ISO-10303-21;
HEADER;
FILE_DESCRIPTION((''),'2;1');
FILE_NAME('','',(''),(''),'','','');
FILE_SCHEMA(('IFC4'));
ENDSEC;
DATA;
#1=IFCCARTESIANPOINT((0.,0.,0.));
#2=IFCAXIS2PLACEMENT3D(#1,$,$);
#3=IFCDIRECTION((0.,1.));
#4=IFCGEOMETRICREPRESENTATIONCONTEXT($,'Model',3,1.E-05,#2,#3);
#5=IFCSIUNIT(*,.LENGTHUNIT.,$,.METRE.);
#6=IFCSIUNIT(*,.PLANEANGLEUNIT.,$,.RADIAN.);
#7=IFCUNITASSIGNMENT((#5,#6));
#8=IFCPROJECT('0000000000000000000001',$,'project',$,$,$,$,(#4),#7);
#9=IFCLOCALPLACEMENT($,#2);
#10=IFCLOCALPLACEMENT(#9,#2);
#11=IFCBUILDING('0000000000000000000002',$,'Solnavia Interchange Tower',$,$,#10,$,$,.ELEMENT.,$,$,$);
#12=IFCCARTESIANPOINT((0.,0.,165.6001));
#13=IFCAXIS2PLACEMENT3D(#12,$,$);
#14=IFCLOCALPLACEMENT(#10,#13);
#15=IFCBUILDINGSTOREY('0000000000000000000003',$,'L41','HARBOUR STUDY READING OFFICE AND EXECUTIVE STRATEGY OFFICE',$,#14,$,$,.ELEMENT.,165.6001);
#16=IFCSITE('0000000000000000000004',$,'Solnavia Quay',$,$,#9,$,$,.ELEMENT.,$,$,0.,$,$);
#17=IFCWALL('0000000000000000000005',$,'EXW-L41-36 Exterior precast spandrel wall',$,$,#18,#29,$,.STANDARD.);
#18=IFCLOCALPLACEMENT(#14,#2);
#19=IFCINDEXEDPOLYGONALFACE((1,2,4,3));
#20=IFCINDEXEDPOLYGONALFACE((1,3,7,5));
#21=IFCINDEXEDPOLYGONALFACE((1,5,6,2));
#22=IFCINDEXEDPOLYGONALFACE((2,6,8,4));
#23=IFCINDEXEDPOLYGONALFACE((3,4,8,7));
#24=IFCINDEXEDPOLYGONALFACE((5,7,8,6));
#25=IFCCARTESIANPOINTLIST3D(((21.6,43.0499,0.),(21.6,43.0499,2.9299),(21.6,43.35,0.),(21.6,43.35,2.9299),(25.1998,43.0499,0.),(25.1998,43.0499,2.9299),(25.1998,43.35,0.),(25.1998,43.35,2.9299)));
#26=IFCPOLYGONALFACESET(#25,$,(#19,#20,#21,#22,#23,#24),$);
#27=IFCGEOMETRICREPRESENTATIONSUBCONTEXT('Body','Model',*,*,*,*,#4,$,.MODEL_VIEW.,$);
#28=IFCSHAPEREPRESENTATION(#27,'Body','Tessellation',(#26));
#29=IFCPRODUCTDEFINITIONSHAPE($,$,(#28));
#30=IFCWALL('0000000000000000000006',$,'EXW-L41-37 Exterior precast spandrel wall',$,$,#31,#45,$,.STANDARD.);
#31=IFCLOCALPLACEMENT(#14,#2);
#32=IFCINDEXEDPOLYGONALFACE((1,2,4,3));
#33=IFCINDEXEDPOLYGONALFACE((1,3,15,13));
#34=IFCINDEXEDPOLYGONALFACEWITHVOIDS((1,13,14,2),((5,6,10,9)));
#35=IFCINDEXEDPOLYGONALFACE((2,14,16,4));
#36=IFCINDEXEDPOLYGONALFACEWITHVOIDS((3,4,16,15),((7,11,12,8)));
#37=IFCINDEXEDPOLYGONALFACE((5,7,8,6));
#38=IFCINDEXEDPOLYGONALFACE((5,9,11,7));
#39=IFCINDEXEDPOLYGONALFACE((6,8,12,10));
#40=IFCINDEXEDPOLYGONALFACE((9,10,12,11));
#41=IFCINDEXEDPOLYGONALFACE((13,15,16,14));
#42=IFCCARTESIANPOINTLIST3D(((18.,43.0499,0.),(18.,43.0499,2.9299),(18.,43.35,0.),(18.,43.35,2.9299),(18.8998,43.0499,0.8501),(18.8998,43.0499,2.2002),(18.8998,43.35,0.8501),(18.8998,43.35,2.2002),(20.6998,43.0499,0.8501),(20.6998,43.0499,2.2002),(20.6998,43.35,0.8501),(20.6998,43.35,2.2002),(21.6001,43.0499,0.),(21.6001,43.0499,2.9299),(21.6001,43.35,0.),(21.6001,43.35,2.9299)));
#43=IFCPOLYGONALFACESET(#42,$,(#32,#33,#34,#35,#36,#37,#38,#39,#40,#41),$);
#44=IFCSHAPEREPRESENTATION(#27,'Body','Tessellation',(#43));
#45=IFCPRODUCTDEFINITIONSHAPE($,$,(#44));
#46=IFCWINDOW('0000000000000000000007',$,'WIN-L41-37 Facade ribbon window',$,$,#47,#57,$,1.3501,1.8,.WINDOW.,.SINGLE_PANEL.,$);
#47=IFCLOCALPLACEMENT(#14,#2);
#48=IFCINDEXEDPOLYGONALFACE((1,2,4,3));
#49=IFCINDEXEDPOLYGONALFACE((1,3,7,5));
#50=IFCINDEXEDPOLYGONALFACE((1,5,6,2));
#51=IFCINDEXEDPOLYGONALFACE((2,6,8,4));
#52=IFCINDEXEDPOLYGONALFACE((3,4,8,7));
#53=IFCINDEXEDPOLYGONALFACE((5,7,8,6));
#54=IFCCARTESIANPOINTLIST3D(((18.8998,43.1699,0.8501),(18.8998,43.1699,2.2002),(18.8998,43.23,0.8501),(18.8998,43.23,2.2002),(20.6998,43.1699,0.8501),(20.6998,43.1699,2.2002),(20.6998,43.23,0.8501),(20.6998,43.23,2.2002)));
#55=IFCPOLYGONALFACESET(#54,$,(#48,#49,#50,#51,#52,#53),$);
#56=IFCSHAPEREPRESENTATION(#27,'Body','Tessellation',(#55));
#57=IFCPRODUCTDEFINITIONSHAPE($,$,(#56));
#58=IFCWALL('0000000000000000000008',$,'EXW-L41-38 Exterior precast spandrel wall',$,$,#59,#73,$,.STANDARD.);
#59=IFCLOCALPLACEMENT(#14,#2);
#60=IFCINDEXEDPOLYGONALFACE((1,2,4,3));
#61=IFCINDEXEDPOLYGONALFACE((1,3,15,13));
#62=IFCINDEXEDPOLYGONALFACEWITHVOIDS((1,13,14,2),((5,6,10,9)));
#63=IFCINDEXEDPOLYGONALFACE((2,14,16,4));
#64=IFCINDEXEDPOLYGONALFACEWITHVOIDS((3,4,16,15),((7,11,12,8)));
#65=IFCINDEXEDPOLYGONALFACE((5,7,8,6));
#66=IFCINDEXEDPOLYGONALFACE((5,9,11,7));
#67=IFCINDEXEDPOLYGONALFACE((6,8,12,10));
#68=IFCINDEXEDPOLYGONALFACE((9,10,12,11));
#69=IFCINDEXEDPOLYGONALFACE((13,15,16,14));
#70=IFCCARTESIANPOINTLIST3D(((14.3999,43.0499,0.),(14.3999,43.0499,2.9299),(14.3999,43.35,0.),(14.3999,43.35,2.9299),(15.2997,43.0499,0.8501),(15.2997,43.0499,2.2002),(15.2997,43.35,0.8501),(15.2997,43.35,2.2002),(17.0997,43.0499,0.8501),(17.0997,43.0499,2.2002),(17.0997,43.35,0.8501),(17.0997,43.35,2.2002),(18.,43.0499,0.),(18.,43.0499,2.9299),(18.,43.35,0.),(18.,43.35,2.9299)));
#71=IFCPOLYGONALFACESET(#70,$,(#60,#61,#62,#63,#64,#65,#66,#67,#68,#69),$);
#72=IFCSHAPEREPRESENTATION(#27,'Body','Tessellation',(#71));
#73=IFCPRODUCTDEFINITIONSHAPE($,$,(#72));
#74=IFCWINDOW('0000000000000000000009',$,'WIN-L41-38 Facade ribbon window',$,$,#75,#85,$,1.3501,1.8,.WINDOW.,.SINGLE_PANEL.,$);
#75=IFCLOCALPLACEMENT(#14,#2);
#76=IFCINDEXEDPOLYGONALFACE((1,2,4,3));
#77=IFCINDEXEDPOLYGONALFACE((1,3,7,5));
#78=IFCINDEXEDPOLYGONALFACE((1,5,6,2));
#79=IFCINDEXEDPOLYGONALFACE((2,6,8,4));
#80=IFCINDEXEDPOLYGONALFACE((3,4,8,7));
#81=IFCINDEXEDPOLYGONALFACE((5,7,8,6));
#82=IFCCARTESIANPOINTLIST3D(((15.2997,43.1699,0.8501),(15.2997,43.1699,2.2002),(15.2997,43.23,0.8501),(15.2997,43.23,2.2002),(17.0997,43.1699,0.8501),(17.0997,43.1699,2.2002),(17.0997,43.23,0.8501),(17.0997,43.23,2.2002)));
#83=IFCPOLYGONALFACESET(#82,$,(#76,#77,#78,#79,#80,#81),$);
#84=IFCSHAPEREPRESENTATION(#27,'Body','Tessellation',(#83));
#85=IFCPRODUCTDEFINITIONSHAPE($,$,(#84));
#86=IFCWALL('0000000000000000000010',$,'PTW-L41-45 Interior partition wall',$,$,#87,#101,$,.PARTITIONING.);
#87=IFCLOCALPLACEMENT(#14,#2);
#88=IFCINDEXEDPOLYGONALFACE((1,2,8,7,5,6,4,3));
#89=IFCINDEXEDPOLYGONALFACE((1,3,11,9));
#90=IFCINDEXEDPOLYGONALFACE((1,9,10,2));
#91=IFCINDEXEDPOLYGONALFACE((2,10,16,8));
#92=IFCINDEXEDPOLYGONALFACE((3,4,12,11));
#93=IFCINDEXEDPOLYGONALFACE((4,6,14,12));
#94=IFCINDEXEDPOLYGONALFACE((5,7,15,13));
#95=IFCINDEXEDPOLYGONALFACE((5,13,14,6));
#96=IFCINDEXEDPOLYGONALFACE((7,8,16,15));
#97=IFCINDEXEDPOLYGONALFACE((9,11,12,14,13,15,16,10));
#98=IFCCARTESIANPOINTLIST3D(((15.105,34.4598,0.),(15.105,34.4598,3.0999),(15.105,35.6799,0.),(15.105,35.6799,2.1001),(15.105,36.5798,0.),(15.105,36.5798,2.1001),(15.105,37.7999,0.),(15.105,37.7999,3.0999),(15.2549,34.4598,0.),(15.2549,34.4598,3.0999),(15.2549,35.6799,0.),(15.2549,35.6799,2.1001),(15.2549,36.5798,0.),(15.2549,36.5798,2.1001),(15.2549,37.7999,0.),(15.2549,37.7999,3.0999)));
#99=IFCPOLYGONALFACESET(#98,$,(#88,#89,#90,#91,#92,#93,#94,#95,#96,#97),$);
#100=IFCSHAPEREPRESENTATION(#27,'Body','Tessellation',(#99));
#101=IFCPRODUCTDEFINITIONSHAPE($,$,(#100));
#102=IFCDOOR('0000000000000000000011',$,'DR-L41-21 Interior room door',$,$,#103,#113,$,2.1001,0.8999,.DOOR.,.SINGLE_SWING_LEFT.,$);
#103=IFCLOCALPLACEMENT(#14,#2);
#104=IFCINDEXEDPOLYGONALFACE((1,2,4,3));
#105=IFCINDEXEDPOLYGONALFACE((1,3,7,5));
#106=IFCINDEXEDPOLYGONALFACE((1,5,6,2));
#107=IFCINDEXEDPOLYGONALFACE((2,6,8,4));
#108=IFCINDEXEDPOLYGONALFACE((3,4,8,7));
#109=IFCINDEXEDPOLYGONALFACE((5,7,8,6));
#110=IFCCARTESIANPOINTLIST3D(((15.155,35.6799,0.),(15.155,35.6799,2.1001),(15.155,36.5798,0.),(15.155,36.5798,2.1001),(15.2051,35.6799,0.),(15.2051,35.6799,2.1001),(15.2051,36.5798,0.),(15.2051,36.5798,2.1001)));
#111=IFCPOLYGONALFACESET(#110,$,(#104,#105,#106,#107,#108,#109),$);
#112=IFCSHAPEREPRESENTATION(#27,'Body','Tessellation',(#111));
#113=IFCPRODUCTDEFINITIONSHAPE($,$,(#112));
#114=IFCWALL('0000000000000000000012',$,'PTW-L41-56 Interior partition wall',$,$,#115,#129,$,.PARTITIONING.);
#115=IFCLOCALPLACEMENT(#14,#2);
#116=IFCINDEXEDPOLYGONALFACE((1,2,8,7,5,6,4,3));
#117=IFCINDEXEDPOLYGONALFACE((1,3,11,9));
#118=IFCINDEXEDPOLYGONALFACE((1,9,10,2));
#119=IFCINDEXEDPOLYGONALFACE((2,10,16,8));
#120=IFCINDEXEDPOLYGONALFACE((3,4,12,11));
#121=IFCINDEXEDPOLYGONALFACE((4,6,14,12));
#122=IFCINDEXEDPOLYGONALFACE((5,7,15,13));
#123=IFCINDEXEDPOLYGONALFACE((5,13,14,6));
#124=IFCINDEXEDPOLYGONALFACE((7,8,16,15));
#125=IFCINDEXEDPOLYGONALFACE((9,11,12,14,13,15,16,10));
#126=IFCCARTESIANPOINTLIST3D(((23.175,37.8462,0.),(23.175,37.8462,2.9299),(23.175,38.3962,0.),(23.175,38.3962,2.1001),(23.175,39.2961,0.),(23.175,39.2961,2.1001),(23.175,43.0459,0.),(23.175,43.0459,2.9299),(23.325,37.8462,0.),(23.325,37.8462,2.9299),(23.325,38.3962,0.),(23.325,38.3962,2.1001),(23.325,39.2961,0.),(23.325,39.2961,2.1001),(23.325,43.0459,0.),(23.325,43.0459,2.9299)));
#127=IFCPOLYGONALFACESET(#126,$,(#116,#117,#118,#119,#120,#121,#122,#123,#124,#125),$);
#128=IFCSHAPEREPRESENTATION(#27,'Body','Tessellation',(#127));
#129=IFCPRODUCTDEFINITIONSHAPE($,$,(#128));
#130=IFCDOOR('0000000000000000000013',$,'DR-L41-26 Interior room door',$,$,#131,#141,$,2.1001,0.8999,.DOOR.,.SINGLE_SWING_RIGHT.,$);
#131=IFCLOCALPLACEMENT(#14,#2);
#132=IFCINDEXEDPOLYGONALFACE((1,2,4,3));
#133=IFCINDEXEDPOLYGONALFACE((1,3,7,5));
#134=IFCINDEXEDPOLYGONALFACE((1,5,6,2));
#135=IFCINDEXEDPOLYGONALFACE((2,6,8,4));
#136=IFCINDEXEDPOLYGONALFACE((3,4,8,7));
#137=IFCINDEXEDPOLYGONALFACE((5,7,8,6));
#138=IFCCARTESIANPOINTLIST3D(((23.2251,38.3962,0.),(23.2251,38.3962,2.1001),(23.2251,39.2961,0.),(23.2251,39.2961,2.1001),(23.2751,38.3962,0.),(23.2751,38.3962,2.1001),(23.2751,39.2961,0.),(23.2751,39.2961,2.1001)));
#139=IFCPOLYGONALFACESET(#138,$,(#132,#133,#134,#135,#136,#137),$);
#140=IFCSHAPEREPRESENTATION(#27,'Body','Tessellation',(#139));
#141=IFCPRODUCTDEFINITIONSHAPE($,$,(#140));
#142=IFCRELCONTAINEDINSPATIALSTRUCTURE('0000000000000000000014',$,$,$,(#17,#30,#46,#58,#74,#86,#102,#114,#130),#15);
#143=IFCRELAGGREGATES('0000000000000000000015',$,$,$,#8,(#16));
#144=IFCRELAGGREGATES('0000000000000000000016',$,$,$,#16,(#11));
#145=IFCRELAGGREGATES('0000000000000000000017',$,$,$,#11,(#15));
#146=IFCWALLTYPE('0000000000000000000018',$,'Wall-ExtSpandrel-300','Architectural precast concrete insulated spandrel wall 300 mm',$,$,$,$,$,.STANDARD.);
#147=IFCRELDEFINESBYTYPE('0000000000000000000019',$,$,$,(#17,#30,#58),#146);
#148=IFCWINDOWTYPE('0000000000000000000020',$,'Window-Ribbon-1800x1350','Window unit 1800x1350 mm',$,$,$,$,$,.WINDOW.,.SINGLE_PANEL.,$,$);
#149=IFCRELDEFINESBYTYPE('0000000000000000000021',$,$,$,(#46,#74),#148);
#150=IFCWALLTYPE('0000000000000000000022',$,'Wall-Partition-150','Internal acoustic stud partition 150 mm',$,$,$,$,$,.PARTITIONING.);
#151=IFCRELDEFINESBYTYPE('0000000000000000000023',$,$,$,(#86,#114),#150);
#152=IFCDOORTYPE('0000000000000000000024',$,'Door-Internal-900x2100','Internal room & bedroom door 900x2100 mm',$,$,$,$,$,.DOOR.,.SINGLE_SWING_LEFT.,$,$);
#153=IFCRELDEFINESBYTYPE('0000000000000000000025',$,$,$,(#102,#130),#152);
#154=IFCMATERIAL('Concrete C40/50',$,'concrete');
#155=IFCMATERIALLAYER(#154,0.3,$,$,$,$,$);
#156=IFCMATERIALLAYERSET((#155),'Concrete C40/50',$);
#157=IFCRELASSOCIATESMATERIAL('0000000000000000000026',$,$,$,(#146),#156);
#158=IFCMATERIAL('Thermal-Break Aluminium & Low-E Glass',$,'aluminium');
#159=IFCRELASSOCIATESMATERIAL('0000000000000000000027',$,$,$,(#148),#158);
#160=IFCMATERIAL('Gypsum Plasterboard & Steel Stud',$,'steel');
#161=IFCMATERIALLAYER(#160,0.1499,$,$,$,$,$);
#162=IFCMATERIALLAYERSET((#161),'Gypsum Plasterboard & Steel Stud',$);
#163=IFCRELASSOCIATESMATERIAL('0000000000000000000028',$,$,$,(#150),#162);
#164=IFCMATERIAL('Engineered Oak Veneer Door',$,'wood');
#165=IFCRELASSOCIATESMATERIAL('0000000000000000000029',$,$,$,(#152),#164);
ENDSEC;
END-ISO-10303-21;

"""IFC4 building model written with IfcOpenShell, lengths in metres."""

from ifc_helpers import new_model, si_unit, direction, frame, frame_2d, origin, place, context, subcontext, project, spatial, rectangle, extrude, material, layer, layer_set, type_object, element, fill, save


model = new_model("IFC4")

# Units and contexts
model_context = context("Model", 3, precision=1e-05, world=origin(), true_north=direction((0.0, 1.0)))
body_context = subcontext(model_context, "Body", "Model", "MODEL_VIEW")
ifc_project = project(units=[si_unit("LENGTHUNIT", "METRE"), si_unit("PLANEANGLEUNIT", "RADIAN")], contexts=[model_context])

# Site, building, storey
site_placement = place(None, origin())
site = spatial("IfcSite", under=ifc_project, at=site_placement, Name="Solnavia Quay", CompositionType="ELEMENT", RefElevation=0.0)
building_placement = place(site_placement, origin())
building = spatial("IfcBuilding", under=site, at=building_placement, Name="Solnavia Interchange Tower", CompositionType="ELEMENT")
storey_placement = place(building_placement, frame((0.0, 0.0, 165.6001)))
storey = spatial("IfcBuildingStorey", under=building, at=storey_placement, Name="L41", Description="HARBOUR STUDY READING OFFICE AND EXECUTIVE STRATEGY OFFICE", CompositionType="ELEMENT", Elevation=165.6001)

# Wall
ifc_material_1 = material(Name="Concrete C40/50", Category="concrete")
ifc_layer_1 = layer(ifc_material_1, 0.3)
ifc_layer_set_1 = layer_set([ifc_layer_1], Name="Concrete C40/50")
wall_type_1 = type_object("IfcWallType", Name="Wall-ExtSpandrel-300", Description="Architectural precast concrete insulated spandrel wall 300 mm", PredefinedType="STANDARD", material=ifc_layer_set_1)
wall_1_placement = place(storey_placement, frame((21.6001, 43.2, 0.0), z_axis=(0.0, 0.0, 1.0), x_axis=(1.0, 0.0, 0.0)))
element("IfcWall", 1, at=wall_1_placement, inside=storey, type_object=wall_type_1, Name="EXW-L41-36 Exterior precast spandrel wall", PredefinedType="STANDARD", context=body_context, shape_type="SweptSolid", body=[
    extrude(rectangle(XDim=3.5999, YDim=0.3, at=frame_2d((1.7998, 0.0))), origin(), (0.0, 0.0, 1.0), 2.9299),
])

# Walls, openings, windows
wall_2_placement = place(storey_placement, frame((18.0, 43.2, 0.0), z_axis=(0.0, 0.0, 1.0), x_axis=(1.0, 0.0, 0.0)))
wall_2 = element("IfcWall", 2, at=wall_2_placement, inside=storey, type_object=wall_type_1, Name="EXW-L41-37 Exterior precast spandrel wall", PredefinedType="STANDARD", context=body_context, shape_type="SweptSolid", body=[
    extrude(rectangle(XDim=3.6001, YDim=0.3, at=frame_2d((1.8, 0.0))), origin(), (0.0, 0.0, 1.0), 2.9299),
])
opening_1_placement = place(wall_2_placement, frame((0.8999, 0.0, 0.8501)))
opening_1 = element("IfcOpeningElement", 3, at=opening_1_placement, cuts=wall_2, PredefinedType="OPENING", context=body_context, shape_type="SweptSolid", body=[
    extrude(rectangle(XDim=1.8, YDim=1.3501, at=frame_2d((0.8999, 0.675))), frame((0.0, 0.1602, 0.0), z_axis=(0.0, -1.0, 0.0), x_axis=(1.0, 0.0, 0.0)), (0.0, 0.0, 1.0), 0.3201),
])
ifc_material_2 = material(Name="Thermal-Break Aluminium & Low-E Glass", Category="aluminium")
window_type = type_object("IfcWindowType", Name="Window-Ribbon-1800x1350", Description="Window unit 1800x1350 mm", PartitioningType="SINGLE_PANEL", PredefinedType="WINDOW", material=ifc_material_2)
window_1_placement = place(opening_1_placement, origin())
window_1 = element("IfcWindow", 4, at=window_1_placement, inside=storey, type_object=window_type, Name="WIN-L41-37 Facade ribbon window", OverallHeight=1.3501, OverallWidth=1.8, PartitioningType="SINGLE_PANEL", PredefinedType="WINDOW", context=body_context, shape_type="SweptSolid", body=[
    extrude(rectangle(XDim=1.8, YDim=1.3501, at=frame_2d((0.8999, 0.675))), frame((0.0, 0.03, 0.0), z_axis=(0.0, -1.0, 0.0), x_axis=(1.0, 0.0, 0.0)), (0.0, 0.0, 1.0), 0.0601),
])
fill(opening_1, window_1)
wall_3_placement = place(storey_placement, frame((14.3999, 43.2, 0.0), z_axis=(0.0, 0.0, 1.0), x_axis=(1.0, 0.0, 0.0)))
wall_3 = element("IfcWall", 5, at=wall_3_placement, inside=storey, type_object=wall_type_1, Name="EXW-L41-38 Exterior precast spandrel wall", PredefinedType="STANDARD", context=body_context, shape_type="SweptSolid", body=[
    extrude(rectangle(XDim=3.6001, YDim=0.3, at=frame_2d((1.8, 0.0))), origin(), (0.0, 0.0, 1.0), 2.9299),
])
opening_2_placement = place(wall_3_placement, frame((0.8999, 0.0, 0.8501)))
opening_2 = element("IfcOpeningElement", 6, at=opening_2_placement, cuts=wall_3, PredefinedType="OPENING", context=body_context, shape_type="SweptSolid", body=[
    extrude(rectangle(XDim=1.8, YDim=1.3501, at=frame_2d((0.8999, 0.675))), frame((0.0, 0.1602, 0.0), z_axis=(0.0, -1.0, 0.0), x_axis=(1.0, 0.0, 0.0)), (0.0, 0.0, 1.0), 0.3201),
])
window_2_placement = place(opening_2_placement, origin())
window_2 = element("IfcWindow", 7, at=window_2_placement, inside=storey, type_object=window_type, Name="WIN-L41-38 Facade ribbon window", OverallHeight=1.3501, OverallWidth=1.8, PartitioningType="SINGLE_PANEL", PredefinedType="WINDOW", context=body_context, shape_type="SweptSolid", body=[
    extrude(rectangle(XDim=1.8, YDim=1.3501, at=frame_2d((0.8999, 0.675))), frame((0.0, 0.03, 0.0), z_axis=(0.0, -1.0, 0.0), x_axis=(1.0, 0.0, 0.0)), (0.0, 0.0, 1.0), 0.0601),
])
fill(opening_2, window_2)

# Walls, openings, doors
ifc_material_3 = material(Name="Gypsum Plasterboard & Steel Stud", Category="steel")
ifc_layer_2 = layer(ifc_material_3, 0.1499)
ifc_layer_set_2 = layer_set([ifc_layer_2], Name="Gypsum Plasterboard & Steel Stud")
wall_type_2 = type_object("IfcWallType", Name="Wall-Partition-150", Description="Internal acoustic stud partition 150 mm", PredefinedType="PARTITIONING", material=ifc_layer_set_2)
wall_4_placement = place(storey_placement, frame((15.1799, 34.46, 0.0), z_axis=(0.0, 0.0, 1.0), x_axis=(0.0, 1.0, 0.0)))
wall_4 = element("IfcWall", 8, at=wall_4_placement, inside=storey, type_object=wall_type_2, Name="PTW-L41-45 Interior partition wall", PredefinedType="PARTITIONING", context=body_context, shape_type="SweptSolid", body=[
    extrude(rectangle(XDim=3.3401, YDim=0.1499, at=frame_2d((1.6699, 0.0))), origin(), (0.0, 0.0, 1.0), 3.0999),
])
opening_3_placement = place(wall_4_placement, frame((1.22, 0.0, 0.0)))
opening_3 = element("IfcOpeningElement", 9, at=opening_3_placement, cuts=wall_4, PredefinedType="OPENING", context=body_context, shape_type="SweptSolid", body=[
    extrude(rectangle(XDim=0.8999, YDim=2.1001, at=frame_2d((0.45, 1.05))), frame((0.0, 0.085, 0.0), z_axis=(0.0, -1.0, 0.0), x_axis=(1.0, 0.0, 0.0)), (0.0, 0.0, 1.0), 0.1699),
])
ifc_material_4 = material(Name="Engineered Oak Veneer Door", Category="wood")
door_type_1 = type_object("IfcDoorType", Name="Door-Internal-900x2100", Description="Internal room & bedroom door 900x2100 mm", OperationType="SINGLE_SWING_LEFT", PredefinedType="DOOR", material=ifc_material_4)
door_1_placement = place(opening_3_placement, origin())
door_1 = element("IfcDoor", 10, at=door_1_placement, inside=storey, type_object=door_type_1, Name="DR-L41-21 Interior room door", OperationType="SINGLE_SWING_LEFT", OverallHeight=2.1001, OverallWidth=0.8999, PredefinedType="DOOR", context=body_context, shape_type="SweptSolid", body=[
    extrude(rectangle(XDim=0.8999, YDim=2.1001, at=frame_2d((0.45, 1.05))), frame((0.0, 0.0249, 0.0), z_axis=(0.0, -1.0, 0.0), x_axis=(1.0, 0.0, 0.0)), (0.0, 0.0, 1.0), 0.05),
])
fill(opening_3, door_1)
wall_5_placement = place(storey_placement, frame((23.25, 37.8462, 0.0), z_axis=(0.0, 0.0, 1.0), x_axis=(0.0, 1.0, 0.0)))
wall_5 = element("IfcWall", 11, at=wall_5_placement, inside=storey, type_object=wall_type_2, Name="PTW-L41-56 Interior partition wall", PredefinedType="PARTITIONING", context=body_context, shape_type="SweptSolid", body=[
    extrude(rectangle(XDim=5.1997, YDim=0.1499, at=frame_2d((2.5999, 0.0))), origin(), (0.0, 0.0, 1.0), 2.9299),
])
opening_4_placement = place(wall_5_placement, frame((0.55, 0.0, 0.0)))
opening_4 = element("IfcOpeningElement", 12, at=opening_4_placement, cuts=wall_5, PredefinedType="OPENING", context=body_context, shape_type="SweptSolid", body=[
    extrude(rectangle(XDim=0.8999, YDim=2.1001, at=frame_2d((0.45, 1.05))), frame((0.0, 0.085, 0.0), z_axis=(0.0, -1.0, 0.0), x_axis=(1.0, 0.0, 0.0)), (0.0, 0.0, 1.0), 0.1699),
])
door_2_placement = place(opening_4_placement, origin())
door_2 = element("IfcDoor", 13, at=door_2_placement, inside=storey, type_object=door_type_1, Name="DR-L41-26 Interior room door", OperationType="SINGLE_SWING_RIGHT", OverallHeight=2.1001, OverallWidth=0.8999, PredefinedType="DOOR", context=body_context, shape_type="SweptSolid", body=[
    extrude(rectangle(XDim=0.8999, YDim=2.1001, at=frame_2d((0.45, 1.05))), frame((0.0, 0.0249, 0.0), z_axis=(0.0, -1.0, 0.0), x_axis=(1.0, 0.0, 0.0)), (0.0, 0.0, 1.0), 0.05),
])
fill(opening_4, door_2)

save(model, "model.ifc")
